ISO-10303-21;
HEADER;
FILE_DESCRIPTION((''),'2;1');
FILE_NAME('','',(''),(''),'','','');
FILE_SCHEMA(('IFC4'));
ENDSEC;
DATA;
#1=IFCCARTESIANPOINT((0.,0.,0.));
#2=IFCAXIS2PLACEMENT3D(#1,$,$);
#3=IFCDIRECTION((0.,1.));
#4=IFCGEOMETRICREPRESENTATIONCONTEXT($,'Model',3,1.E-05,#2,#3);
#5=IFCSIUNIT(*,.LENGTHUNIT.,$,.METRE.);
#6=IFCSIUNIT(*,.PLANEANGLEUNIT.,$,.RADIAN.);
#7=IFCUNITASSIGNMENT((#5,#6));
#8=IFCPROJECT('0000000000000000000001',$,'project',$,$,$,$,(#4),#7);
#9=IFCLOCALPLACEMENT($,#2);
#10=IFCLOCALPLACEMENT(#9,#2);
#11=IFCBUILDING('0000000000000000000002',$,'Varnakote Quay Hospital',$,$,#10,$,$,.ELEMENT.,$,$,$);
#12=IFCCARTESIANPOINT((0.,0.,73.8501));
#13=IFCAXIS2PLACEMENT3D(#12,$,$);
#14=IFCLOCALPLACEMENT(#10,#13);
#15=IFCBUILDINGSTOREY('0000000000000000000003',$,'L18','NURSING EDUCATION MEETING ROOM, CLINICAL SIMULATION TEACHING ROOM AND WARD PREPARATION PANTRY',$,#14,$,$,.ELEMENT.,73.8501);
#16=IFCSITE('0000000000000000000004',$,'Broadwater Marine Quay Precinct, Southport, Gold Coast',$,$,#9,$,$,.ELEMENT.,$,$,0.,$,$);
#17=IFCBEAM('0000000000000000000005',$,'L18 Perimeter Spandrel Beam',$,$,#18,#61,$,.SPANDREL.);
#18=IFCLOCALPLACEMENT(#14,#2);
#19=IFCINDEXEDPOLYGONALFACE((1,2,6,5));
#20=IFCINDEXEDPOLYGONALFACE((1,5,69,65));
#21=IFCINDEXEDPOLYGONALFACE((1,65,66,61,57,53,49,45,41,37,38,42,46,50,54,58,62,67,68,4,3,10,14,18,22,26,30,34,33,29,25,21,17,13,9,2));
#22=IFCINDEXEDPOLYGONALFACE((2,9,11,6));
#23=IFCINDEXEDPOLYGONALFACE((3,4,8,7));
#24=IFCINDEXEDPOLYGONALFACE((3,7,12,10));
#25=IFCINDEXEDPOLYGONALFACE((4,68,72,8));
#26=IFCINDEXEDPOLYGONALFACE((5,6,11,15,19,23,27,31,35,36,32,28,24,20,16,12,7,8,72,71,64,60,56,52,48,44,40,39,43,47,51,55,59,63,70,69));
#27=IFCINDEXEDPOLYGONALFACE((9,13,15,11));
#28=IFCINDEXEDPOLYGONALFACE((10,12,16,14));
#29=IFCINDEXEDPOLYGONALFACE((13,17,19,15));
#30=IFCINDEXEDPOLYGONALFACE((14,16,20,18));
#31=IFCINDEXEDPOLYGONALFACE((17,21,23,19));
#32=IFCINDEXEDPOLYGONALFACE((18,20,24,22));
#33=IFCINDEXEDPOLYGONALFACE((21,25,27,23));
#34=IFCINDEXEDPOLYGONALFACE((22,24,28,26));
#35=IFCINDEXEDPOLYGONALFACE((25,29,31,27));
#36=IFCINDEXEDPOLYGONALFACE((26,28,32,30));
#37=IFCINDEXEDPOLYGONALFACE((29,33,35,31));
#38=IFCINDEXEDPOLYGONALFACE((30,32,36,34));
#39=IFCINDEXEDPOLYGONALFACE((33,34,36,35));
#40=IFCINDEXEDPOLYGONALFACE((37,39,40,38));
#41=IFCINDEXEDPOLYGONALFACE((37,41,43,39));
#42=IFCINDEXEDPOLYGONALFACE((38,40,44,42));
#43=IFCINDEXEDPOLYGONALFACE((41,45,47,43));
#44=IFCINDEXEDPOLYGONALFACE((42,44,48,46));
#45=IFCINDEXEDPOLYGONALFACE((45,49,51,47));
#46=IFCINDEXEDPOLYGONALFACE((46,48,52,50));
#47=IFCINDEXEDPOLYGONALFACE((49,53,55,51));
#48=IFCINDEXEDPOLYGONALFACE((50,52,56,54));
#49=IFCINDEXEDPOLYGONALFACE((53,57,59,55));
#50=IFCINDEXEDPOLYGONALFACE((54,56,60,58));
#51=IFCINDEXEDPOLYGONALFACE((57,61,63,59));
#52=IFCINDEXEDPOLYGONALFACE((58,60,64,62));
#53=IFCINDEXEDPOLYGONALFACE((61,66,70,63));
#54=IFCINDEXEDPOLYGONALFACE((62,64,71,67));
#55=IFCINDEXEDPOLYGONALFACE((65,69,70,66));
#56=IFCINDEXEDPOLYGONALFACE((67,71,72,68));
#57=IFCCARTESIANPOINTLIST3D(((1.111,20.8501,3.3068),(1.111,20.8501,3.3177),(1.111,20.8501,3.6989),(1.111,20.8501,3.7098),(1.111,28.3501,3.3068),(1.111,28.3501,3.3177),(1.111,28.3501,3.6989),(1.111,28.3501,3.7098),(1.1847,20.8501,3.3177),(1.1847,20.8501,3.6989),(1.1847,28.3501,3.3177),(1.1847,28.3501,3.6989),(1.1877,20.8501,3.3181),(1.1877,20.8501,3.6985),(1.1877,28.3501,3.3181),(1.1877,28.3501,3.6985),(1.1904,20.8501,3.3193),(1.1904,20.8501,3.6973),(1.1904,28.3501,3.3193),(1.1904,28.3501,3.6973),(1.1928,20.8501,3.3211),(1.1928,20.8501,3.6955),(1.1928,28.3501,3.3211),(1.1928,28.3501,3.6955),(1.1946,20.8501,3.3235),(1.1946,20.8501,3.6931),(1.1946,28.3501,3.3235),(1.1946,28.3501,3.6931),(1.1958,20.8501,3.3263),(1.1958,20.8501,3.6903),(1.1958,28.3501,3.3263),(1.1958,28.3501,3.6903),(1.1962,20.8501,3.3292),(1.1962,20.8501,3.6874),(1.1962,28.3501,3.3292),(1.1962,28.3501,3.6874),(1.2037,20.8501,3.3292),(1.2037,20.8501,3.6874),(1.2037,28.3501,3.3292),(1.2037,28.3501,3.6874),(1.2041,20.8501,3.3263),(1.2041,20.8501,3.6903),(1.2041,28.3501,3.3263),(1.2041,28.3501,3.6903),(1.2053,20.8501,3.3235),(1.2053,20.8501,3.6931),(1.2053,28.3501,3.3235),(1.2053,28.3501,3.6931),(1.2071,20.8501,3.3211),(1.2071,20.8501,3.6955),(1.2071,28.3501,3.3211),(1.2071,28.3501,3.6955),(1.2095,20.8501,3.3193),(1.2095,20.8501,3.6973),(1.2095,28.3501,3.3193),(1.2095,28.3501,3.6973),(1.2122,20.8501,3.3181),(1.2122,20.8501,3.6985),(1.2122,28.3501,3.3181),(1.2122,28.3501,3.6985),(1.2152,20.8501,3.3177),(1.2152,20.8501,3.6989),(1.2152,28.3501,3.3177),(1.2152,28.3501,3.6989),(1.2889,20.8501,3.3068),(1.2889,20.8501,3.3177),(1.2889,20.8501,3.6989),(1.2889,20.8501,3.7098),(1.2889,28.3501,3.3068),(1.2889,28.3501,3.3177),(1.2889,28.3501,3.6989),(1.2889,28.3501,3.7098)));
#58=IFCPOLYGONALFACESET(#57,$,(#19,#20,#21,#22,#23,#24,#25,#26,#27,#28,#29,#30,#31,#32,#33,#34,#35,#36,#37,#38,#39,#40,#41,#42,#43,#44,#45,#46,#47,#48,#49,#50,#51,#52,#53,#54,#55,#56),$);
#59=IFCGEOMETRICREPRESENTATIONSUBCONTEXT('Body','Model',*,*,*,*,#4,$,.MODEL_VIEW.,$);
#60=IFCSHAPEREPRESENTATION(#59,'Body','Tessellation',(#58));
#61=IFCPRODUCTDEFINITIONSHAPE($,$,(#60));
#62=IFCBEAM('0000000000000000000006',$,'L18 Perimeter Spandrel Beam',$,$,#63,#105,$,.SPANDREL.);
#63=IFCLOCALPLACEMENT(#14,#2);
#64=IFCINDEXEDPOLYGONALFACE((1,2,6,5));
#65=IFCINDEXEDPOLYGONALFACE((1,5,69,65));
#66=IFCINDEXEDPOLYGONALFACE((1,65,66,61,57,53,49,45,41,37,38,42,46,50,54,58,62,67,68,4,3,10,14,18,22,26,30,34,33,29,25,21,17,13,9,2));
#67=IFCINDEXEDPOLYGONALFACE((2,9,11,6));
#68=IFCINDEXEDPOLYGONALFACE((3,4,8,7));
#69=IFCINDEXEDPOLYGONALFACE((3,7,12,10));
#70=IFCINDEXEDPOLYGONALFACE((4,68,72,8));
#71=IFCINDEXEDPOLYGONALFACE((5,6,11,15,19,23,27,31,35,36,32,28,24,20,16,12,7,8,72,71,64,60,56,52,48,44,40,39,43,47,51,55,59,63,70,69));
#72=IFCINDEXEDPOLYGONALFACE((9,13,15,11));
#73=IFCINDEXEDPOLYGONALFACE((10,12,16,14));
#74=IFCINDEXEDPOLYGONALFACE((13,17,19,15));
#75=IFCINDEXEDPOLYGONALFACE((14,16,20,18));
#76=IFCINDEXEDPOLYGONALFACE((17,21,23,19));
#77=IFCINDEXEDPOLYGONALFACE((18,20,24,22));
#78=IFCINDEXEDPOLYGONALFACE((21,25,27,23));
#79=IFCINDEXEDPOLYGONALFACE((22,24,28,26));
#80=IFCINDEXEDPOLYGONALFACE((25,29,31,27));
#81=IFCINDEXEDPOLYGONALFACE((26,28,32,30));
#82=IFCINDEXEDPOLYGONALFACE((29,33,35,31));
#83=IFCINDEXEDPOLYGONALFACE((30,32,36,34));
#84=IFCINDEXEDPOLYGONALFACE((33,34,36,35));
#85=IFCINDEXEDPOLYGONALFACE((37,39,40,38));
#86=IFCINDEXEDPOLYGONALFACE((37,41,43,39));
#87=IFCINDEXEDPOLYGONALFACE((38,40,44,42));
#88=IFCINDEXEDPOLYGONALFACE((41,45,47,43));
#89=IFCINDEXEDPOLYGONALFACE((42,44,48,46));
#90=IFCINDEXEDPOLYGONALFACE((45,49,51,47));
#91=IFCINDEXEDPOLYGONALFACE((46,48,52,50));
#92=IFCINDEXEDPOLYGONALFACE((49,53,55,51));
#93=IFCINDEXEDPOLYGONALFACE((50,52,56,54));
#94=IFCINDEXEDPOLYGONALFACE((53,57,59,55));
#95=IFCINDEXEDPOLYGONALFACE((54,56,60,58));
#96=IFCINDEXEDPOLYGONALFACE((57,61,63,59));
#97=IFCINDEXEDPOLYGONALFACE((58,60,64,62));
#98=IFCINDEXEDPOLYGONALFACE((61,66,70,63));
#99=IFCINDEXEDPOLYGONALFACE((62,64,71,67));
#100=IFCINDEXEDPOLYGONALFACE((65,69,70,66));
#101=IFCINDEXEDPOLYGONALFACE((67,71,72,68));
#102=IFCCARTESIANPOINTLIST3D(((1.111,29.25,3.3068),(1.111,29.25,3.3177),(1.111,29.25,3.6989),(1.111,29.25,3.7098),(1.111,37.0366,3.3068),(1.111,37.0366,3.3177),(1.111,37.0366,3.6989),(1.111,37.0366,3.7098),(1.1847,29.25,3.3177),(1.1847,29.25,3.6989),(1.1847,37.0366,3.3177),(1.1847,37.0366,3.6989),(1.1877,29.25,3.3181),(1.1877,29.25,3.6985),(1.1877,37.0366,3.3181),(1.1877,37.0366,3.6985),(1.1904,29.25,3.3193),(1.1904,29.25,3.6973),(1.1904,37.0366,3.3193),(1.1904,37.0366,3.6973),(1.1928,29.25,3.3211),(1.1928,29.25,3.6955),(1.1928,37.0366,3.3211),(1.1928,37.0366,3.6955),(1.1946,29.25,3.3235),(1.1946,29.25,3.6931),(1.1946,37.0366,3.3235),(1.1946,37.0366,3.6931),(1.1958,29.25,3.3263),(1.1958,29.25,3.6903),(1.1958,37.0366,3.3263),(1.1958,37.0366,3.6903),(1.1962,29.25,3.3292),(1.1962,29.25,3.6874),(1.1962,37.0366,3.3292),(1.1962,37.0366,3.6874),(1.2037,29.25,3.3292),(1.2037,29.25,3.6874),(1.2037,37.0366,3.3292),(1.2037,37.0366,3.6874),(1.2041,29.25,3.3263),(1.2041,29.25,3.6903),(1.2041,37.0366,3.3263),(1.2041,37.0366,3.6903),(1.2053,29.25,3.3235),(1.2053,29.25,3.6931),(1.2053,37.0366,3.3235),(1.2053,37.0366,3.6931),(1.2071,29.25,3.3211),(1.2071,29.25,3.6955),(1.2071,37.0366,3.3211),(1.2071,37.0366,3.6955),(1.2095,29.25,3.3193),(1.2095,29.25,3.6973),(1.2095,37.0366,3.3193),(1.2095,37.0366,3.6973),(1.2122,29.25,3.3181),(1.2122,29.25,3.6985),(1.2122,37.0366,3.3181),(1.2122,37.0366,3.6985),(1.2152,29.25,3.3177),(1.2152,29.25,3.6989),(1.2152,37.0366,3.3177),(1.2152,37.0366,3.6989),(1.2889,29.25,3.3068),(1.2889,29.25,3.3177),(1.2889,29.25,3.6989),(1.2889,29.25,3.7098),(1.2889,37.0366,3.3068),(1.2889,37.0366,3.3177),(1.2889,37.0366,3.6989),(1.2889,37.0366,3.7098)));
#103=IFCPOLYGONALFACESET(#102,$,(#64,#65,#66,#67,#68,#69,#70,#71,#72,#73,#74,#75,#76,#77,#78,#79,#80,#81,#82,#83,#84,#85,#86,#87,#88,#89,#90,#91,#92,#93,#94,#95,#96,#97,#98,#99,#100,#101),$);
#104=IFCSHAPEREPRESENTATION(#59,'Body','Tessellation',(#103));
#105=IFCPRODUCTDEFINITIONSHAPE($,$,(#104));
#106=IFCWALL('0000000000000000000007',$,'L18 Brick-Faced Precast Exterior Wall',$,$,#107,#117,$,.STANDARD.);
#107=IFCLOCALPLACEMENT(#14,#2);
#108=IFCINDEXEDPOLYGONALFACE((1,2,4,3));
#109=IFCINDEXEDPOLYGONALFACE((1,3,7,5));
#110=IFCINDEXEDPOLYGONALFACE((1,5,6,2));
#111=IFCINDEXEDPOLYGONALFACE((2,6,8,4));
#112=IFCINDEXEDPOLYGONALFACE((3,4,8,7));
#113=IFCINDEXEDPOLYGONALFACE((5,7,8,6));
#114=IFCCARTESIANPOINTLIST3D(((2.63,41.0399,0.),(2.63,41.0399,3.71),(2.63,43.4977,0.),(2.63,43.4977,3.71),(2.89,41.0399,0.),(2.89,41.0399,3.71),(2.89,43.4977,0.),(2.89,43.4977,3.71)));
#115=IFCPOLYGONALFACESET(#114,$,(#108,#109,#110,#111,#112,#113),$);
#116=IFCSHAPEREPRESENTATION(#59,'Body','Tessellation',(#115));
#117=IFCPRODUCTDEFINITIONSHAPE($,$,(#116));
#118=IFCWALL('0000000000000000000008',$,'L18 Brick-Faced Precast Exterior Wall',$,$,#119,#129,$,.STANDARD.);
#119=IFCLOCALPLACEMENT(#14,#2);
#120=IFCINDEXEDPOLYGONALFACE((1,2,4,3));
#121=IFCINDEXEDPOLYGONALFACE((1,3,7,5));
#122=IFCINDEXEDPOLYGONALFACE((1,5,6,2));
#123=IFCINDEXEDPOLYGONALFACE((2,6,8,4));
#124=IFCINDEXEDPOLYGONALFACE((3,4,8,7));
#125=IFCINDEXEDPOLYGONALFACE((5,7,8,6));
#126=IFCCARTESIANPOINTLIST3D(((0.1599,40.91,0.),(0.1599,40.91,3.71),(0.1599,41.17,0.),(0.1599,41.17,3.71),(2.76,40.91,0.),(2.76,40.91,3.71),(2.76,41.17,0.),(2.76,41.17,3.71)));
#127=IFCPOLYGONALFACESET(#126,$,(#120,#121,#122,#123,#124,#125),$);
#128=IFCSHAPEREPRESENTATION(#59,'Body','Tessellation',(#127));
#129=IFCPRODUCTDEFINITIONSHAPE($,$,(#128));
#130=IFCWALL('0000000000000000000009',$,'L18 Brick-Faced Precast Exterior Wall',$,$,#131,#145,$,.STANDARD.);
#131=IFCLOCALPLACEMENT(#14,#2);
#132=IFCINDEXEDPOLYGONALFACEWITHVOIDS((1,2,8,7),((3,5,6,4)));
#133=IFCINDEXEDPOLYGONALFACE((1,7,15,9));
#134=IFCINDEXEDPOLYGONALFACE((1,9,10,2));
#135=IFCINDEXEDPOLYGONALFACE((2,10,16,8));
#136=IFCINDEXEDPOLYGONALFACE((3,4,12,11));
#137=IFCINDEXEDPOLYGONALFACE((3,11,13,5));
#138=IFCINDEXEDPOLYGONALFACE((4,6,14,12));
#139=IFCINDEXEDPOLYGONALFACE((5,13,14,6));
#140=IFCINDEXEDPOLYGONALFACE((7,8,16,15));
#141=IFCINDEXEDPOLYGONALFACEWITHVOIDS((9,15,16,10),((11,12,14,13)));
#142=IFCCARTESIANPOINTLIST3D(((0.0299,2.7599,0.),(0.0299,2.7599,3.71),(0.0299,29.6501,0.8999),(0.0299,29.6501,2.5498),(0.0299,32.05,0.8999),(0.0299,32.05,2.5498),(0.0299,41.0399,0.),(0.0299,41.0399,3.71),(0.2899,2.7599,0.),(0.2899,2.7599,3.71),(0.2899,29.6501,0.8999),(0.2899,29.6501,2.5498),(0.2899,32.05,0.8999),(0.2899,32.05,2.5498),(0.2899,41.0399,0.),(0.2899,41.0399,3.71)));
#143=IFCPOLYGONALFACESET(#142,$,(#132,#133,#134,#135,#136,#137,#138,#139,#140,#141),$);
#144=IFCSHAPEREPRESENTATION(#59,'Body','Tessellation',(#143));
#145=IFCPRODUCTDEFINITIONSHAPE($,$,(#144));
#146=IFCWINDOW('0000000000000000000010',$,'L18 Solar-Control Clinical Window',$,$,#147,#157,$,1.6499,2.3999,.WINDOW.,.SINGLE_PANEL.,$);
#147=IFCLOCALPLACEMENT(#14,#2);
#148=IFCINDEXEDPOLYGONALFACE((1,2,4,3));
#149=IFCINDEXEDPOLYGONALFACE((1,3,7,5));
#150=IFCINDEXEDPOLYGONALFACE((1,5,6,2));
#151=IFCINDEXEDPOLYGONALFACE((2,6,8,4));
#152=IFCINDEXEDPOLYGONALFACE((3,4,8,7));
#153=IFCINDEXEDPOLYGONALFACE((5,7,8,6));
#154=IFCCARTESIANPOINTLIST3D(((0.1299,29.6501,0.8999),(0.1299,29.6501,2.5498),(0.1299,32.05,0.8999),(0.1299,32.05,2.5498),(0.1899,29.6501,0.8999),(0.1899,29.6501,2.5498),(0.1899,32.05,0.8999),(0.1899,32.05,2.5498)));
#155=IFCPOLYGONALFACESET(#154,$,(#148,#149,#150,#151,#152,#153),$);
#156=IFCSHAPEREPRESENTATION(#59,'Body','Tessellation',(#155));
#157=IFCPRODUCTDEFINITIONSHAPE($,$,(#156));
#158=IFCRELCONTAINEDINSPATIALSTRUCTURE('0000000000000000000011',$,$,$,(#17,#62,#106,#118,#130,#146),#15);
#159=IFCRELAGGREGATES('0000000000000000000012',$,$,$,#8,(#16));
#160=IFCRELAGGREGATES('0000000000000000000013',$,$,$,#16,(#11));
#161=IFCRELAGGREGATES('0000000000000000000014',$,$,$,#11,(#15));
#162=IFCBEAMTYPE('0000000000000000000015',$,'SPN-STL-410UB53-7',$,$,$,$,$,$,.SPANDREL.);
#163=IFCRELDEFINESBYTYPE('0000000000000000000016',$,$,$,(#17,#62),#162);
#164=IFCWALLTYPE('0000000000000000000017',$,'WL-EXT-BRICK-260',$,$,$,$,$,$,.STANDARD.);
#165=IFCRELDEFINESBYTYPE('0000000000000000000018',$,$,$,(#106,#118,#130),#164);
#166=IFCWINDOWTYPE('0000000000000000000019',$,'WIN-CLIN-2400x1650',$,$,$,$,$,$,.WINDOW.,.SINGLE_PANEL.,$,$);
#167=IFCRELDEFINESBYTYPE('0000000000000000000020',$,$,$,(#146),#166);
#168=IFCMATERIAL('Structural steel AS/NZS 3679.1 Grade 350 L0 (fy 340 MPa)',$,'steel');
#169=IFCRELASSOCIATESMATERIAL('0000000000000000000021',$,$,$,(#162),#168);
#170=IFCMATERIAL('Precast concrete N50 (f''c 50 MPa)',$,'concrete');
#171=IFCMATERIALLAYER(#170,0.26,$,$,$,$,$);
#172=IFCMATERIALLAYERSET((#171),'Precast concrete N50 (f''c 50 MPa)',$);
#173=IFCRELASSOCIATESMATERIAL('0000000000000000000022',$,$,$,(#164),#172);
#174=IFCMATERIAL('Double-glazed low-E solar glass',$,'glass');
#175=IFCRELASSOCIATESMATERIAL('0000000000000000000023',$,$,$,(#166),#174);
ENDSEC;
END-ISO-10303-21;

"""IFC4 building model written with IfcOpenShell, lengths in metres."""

from ifc_helpers import new_model, si_unit, direction, frame, frame_2d, origin, origin_2d, place, context, subcontext, project, spatial, rectangle, i_section, extrude, material, layer, layer_set, material_profile, profile_set, type_object, element, fill, save


model = new_model("IFC4")

# Units and contexts
model_context = context("Model", 3, precision=1e-05, world=origin(), true_north=direction((0.0, 1.0)))
body_context = subcontext(model_context, "Body", "Model", "MODEL_VIEW")
ifc_project = project(units=[si_unit("LENGTHUNIT", "METRE"), si_unit("PLANEANGLEUNIT", "RADIAN")], contexts=[model_context])

# Site, building, storey
site_placement = place(None, origin())
site = spatial("IfcSite", under=ifc_project, at=site_placement, Name="Broadwater Marine Quay Precinct, Southport, Gold Coast", CompositionType="ELEMENT", RefElevation=0.0)
building_placement = place(site_placement, origin())
building = spatial("IfcBuilding", under=site, at=building_placement, Name="Varnakote Quay Hospital", CompositionType="ELEMENT")
storey_placement = place(building_placement, frame((0.0, 0.0, 73.8501)))
storey = spatial("IfcBuildingStorey", under=building, at=storey_placement, Name="L18", Description="NURSING EDUCATION MEETING ROOM, CLINICAL SIMULATION TEACHING ROOM AND WARD PREPARATION PANTRY", CompositionType="ELEMENT", Elevation=73.8501)

# Beams
ifc_material_1 = material(Name="Structural steel AS/NZS 3679.1 Grade 350 L0 (fy 340 MPa)", Category="steel")
ifc_material_profile_1 = material_profile(ifc_material_1, i_section(OverallWidth=0.178, OverallDepth=0.4031, WebThickness=0.0076, FlangeThickness=0.011, FilletRadius=0.0115, at=origin_2d()), Name="410UB53.7")
ifc_profile_set_1 = profile_set([ifc_material_profile_1], Name="Structural steel AS/NZS 3679.1 Grade 350 L0 (fy 340 MPa)")
beam_type_1 = type_object("IfcBeamType", Name="SPN-STL-410UB53-7", PredefinedType="SPANDREL", material=ifc_profile_set_1)
beam_1_placement = place(storey_placement, frame((1.2, 20.8501, 3.5083), z_axis=(0.0, 1.0, 0.0), x_axis=(-1.0, 0.0, 0.0)))
element("IfcBeam", 1, at=beam_1_placement, inside=storey, type_object=beam_type_1, Name="L18 Perimeter Spandrel Beam", PredefinedType="SPANDREL", context=body_context, shape_type="SweptSolid", body=[
    extrude(i_section(OverallWidth=0.178, OverallDepth=0.4031, WebThickness=0.0076, FlangeThickness=0.011, FilletRadius=0.0115, at=origin_2d()), origin(), (0.0, 0.0, 1.0), 7.5),
])
beam_2_placement = place(storey_placement, frame((1.2, 29.25, 3.5083), z_axis=(0.0, 1.0, 0.0), x_axis=(-1.0, 0.0, 0.0)))
element("IfcBeam", 2, at=beam_2_placement, inside=storey, type_object=beam_type_1, Name="L18 Perimeter Spandrel Beam", PredefinedType="SPANDREL", context=body_context, shape_type="SweptSolid", body=[
    extrude(i_section(OverallWidth=0.178, OverallDepth=0.4031, WebThickness=0.0076, FlangeThickness=0.011, FilletRadius=0.0115, at=origin_2d()), origin(), (0.0, 0.0, 1.0), 7.7866),
])

# Walls
ifc_material_2 = material(Name="Precast concrete N50 (f'c 50 MPa)", Category="concrete")
ifc_layer_1 = layer(ifc_material_2, 0.26)
ifc_layer_set_1 = layer_set([ifc_layer_1], Name="Precast concrete N50 (f'c 50 MPa)")
wall_type_1 = type_object("IfcWallType", Name="WL-EXT-BRICK-260", PredefinedType="STANDARD", material=ifc_layer_set_1)
wall_1_placement = place(storey_placement, frame((2.76, 43.4978, 0.0), z_axis=(0.0, 0.0, 1.0), x_axis=(0.0, -1.0, 0.0)))
element("IfcWall", 3, at=wall_1_placement, inside=storey, type_object=wall_type_1, Name="L18 Brick-Faced Precast Exterior Wall", PredefinedType="STANDARD", context=body_context, shape_type="SweptSolid", body=[
    extrude(rectangle(XDim=2.4578, YDim=0.26, at=frame_2d((1.229, 0.0))), origin(), (0.0, 0.0, 1.0), 3.71),
])
wall_2_placement = place(storey_placement, frame((2.76, 41.04, 0.0), z_axis=(0.0, 0.0, 1.0), x_axis=(-1.0, 0.0, 0.0)))
element("IfcWall", 4, at=wall_2_placement, inside=storey, type_object=wall_type_1, Name="L18 Brick-Faced Precast Exterior Wall", PredefinedType="STANDARD", context=body_context, shape_type="SweptSolid", body=[
    extrude(rectangle(XDim=2.6001, YDim=0.26, at=frame_2d((1.3, 0.0))), origin(), (0.0, 0.0, 1.0), 3.71),
])

# Wall, opening, window
wall_3_placement = place(storey_placement, frame((0.1599, 41.04, 0.0), z_axis=(0.0, 0.0, 1.0), x_axis=(0.0, -1.0, 0.0)))
wall_3 = element("IfcWall", 5, at=wall_3_placement, inside=storey, type_object=wall_type_1, Name="L18 Brick-Faced Precast Exterior Wall", PredefinedType="STANDARD", context=body_context, shape_type="SweptSolid", body=[
    extrude(rectangle(XDim=38.28, YDim=0.26, at=frame_2d((19.1401, 0.0))), origin(), (0.0, 0.0, 1.0), 3.71),
])
opening_1_placement = place(wall_3_placement, frame((8.99, 0.0, 0.8999)))
opening_1 = element("IfcOpeningElement", 6, at=opening_1_placement, cuts=wall_3, PredefinedType="OPENING", context=body_context, shape_type="SweptSolid", body=[
    extrude(rectangle(XDim=2.3999, YDim=1.6499, at=frame_2d((1.2, 0.825))), frame((0.0, 0.1399, 0.0), z_axis=(0.0, -1.0, 0.0), x_axis=(1.0, 0.0, 0.0)), (0.0, 0.0, 1.0), 0.28),
])
ifc_material_3 = material(Name="Double-glazed low-E solar glass", Category="glass")
window_type = type_object("IfcWindowType", Name="WIN-CLIN-2400x1650", PartitioningType="SINGLE_PANEL", PredefinedType="WINDOW", material=ifc_material_3)
window_placement = place(opening_1_placement, origin())
window = element("IfcWindow", 7, at=window_placement, inside=storey, type_object=window_type, Name="L18 Solar-Control Clinical Window", OverallHeight=1.6499, OverallWidth=2.3999, PartitioningType="SINGLE_PANEL", PredefinedType="WINDOW", context=body_context, shape_type="SweptSolid", body=[
    extrude(rectangle(XDim=2.3999, YDim=1.6499, at=frame_2d((1.2, 0.825))), frame((0.0, 0.03, 0.0), z_axis=(0.0, -1.0, 0.0), x_axis=(1.0, 0.0, 0.0)), (0.0, 0.0, 1.0), 0.0601),
])
fill(opening_1, window)

save(model, "model.ifc")
